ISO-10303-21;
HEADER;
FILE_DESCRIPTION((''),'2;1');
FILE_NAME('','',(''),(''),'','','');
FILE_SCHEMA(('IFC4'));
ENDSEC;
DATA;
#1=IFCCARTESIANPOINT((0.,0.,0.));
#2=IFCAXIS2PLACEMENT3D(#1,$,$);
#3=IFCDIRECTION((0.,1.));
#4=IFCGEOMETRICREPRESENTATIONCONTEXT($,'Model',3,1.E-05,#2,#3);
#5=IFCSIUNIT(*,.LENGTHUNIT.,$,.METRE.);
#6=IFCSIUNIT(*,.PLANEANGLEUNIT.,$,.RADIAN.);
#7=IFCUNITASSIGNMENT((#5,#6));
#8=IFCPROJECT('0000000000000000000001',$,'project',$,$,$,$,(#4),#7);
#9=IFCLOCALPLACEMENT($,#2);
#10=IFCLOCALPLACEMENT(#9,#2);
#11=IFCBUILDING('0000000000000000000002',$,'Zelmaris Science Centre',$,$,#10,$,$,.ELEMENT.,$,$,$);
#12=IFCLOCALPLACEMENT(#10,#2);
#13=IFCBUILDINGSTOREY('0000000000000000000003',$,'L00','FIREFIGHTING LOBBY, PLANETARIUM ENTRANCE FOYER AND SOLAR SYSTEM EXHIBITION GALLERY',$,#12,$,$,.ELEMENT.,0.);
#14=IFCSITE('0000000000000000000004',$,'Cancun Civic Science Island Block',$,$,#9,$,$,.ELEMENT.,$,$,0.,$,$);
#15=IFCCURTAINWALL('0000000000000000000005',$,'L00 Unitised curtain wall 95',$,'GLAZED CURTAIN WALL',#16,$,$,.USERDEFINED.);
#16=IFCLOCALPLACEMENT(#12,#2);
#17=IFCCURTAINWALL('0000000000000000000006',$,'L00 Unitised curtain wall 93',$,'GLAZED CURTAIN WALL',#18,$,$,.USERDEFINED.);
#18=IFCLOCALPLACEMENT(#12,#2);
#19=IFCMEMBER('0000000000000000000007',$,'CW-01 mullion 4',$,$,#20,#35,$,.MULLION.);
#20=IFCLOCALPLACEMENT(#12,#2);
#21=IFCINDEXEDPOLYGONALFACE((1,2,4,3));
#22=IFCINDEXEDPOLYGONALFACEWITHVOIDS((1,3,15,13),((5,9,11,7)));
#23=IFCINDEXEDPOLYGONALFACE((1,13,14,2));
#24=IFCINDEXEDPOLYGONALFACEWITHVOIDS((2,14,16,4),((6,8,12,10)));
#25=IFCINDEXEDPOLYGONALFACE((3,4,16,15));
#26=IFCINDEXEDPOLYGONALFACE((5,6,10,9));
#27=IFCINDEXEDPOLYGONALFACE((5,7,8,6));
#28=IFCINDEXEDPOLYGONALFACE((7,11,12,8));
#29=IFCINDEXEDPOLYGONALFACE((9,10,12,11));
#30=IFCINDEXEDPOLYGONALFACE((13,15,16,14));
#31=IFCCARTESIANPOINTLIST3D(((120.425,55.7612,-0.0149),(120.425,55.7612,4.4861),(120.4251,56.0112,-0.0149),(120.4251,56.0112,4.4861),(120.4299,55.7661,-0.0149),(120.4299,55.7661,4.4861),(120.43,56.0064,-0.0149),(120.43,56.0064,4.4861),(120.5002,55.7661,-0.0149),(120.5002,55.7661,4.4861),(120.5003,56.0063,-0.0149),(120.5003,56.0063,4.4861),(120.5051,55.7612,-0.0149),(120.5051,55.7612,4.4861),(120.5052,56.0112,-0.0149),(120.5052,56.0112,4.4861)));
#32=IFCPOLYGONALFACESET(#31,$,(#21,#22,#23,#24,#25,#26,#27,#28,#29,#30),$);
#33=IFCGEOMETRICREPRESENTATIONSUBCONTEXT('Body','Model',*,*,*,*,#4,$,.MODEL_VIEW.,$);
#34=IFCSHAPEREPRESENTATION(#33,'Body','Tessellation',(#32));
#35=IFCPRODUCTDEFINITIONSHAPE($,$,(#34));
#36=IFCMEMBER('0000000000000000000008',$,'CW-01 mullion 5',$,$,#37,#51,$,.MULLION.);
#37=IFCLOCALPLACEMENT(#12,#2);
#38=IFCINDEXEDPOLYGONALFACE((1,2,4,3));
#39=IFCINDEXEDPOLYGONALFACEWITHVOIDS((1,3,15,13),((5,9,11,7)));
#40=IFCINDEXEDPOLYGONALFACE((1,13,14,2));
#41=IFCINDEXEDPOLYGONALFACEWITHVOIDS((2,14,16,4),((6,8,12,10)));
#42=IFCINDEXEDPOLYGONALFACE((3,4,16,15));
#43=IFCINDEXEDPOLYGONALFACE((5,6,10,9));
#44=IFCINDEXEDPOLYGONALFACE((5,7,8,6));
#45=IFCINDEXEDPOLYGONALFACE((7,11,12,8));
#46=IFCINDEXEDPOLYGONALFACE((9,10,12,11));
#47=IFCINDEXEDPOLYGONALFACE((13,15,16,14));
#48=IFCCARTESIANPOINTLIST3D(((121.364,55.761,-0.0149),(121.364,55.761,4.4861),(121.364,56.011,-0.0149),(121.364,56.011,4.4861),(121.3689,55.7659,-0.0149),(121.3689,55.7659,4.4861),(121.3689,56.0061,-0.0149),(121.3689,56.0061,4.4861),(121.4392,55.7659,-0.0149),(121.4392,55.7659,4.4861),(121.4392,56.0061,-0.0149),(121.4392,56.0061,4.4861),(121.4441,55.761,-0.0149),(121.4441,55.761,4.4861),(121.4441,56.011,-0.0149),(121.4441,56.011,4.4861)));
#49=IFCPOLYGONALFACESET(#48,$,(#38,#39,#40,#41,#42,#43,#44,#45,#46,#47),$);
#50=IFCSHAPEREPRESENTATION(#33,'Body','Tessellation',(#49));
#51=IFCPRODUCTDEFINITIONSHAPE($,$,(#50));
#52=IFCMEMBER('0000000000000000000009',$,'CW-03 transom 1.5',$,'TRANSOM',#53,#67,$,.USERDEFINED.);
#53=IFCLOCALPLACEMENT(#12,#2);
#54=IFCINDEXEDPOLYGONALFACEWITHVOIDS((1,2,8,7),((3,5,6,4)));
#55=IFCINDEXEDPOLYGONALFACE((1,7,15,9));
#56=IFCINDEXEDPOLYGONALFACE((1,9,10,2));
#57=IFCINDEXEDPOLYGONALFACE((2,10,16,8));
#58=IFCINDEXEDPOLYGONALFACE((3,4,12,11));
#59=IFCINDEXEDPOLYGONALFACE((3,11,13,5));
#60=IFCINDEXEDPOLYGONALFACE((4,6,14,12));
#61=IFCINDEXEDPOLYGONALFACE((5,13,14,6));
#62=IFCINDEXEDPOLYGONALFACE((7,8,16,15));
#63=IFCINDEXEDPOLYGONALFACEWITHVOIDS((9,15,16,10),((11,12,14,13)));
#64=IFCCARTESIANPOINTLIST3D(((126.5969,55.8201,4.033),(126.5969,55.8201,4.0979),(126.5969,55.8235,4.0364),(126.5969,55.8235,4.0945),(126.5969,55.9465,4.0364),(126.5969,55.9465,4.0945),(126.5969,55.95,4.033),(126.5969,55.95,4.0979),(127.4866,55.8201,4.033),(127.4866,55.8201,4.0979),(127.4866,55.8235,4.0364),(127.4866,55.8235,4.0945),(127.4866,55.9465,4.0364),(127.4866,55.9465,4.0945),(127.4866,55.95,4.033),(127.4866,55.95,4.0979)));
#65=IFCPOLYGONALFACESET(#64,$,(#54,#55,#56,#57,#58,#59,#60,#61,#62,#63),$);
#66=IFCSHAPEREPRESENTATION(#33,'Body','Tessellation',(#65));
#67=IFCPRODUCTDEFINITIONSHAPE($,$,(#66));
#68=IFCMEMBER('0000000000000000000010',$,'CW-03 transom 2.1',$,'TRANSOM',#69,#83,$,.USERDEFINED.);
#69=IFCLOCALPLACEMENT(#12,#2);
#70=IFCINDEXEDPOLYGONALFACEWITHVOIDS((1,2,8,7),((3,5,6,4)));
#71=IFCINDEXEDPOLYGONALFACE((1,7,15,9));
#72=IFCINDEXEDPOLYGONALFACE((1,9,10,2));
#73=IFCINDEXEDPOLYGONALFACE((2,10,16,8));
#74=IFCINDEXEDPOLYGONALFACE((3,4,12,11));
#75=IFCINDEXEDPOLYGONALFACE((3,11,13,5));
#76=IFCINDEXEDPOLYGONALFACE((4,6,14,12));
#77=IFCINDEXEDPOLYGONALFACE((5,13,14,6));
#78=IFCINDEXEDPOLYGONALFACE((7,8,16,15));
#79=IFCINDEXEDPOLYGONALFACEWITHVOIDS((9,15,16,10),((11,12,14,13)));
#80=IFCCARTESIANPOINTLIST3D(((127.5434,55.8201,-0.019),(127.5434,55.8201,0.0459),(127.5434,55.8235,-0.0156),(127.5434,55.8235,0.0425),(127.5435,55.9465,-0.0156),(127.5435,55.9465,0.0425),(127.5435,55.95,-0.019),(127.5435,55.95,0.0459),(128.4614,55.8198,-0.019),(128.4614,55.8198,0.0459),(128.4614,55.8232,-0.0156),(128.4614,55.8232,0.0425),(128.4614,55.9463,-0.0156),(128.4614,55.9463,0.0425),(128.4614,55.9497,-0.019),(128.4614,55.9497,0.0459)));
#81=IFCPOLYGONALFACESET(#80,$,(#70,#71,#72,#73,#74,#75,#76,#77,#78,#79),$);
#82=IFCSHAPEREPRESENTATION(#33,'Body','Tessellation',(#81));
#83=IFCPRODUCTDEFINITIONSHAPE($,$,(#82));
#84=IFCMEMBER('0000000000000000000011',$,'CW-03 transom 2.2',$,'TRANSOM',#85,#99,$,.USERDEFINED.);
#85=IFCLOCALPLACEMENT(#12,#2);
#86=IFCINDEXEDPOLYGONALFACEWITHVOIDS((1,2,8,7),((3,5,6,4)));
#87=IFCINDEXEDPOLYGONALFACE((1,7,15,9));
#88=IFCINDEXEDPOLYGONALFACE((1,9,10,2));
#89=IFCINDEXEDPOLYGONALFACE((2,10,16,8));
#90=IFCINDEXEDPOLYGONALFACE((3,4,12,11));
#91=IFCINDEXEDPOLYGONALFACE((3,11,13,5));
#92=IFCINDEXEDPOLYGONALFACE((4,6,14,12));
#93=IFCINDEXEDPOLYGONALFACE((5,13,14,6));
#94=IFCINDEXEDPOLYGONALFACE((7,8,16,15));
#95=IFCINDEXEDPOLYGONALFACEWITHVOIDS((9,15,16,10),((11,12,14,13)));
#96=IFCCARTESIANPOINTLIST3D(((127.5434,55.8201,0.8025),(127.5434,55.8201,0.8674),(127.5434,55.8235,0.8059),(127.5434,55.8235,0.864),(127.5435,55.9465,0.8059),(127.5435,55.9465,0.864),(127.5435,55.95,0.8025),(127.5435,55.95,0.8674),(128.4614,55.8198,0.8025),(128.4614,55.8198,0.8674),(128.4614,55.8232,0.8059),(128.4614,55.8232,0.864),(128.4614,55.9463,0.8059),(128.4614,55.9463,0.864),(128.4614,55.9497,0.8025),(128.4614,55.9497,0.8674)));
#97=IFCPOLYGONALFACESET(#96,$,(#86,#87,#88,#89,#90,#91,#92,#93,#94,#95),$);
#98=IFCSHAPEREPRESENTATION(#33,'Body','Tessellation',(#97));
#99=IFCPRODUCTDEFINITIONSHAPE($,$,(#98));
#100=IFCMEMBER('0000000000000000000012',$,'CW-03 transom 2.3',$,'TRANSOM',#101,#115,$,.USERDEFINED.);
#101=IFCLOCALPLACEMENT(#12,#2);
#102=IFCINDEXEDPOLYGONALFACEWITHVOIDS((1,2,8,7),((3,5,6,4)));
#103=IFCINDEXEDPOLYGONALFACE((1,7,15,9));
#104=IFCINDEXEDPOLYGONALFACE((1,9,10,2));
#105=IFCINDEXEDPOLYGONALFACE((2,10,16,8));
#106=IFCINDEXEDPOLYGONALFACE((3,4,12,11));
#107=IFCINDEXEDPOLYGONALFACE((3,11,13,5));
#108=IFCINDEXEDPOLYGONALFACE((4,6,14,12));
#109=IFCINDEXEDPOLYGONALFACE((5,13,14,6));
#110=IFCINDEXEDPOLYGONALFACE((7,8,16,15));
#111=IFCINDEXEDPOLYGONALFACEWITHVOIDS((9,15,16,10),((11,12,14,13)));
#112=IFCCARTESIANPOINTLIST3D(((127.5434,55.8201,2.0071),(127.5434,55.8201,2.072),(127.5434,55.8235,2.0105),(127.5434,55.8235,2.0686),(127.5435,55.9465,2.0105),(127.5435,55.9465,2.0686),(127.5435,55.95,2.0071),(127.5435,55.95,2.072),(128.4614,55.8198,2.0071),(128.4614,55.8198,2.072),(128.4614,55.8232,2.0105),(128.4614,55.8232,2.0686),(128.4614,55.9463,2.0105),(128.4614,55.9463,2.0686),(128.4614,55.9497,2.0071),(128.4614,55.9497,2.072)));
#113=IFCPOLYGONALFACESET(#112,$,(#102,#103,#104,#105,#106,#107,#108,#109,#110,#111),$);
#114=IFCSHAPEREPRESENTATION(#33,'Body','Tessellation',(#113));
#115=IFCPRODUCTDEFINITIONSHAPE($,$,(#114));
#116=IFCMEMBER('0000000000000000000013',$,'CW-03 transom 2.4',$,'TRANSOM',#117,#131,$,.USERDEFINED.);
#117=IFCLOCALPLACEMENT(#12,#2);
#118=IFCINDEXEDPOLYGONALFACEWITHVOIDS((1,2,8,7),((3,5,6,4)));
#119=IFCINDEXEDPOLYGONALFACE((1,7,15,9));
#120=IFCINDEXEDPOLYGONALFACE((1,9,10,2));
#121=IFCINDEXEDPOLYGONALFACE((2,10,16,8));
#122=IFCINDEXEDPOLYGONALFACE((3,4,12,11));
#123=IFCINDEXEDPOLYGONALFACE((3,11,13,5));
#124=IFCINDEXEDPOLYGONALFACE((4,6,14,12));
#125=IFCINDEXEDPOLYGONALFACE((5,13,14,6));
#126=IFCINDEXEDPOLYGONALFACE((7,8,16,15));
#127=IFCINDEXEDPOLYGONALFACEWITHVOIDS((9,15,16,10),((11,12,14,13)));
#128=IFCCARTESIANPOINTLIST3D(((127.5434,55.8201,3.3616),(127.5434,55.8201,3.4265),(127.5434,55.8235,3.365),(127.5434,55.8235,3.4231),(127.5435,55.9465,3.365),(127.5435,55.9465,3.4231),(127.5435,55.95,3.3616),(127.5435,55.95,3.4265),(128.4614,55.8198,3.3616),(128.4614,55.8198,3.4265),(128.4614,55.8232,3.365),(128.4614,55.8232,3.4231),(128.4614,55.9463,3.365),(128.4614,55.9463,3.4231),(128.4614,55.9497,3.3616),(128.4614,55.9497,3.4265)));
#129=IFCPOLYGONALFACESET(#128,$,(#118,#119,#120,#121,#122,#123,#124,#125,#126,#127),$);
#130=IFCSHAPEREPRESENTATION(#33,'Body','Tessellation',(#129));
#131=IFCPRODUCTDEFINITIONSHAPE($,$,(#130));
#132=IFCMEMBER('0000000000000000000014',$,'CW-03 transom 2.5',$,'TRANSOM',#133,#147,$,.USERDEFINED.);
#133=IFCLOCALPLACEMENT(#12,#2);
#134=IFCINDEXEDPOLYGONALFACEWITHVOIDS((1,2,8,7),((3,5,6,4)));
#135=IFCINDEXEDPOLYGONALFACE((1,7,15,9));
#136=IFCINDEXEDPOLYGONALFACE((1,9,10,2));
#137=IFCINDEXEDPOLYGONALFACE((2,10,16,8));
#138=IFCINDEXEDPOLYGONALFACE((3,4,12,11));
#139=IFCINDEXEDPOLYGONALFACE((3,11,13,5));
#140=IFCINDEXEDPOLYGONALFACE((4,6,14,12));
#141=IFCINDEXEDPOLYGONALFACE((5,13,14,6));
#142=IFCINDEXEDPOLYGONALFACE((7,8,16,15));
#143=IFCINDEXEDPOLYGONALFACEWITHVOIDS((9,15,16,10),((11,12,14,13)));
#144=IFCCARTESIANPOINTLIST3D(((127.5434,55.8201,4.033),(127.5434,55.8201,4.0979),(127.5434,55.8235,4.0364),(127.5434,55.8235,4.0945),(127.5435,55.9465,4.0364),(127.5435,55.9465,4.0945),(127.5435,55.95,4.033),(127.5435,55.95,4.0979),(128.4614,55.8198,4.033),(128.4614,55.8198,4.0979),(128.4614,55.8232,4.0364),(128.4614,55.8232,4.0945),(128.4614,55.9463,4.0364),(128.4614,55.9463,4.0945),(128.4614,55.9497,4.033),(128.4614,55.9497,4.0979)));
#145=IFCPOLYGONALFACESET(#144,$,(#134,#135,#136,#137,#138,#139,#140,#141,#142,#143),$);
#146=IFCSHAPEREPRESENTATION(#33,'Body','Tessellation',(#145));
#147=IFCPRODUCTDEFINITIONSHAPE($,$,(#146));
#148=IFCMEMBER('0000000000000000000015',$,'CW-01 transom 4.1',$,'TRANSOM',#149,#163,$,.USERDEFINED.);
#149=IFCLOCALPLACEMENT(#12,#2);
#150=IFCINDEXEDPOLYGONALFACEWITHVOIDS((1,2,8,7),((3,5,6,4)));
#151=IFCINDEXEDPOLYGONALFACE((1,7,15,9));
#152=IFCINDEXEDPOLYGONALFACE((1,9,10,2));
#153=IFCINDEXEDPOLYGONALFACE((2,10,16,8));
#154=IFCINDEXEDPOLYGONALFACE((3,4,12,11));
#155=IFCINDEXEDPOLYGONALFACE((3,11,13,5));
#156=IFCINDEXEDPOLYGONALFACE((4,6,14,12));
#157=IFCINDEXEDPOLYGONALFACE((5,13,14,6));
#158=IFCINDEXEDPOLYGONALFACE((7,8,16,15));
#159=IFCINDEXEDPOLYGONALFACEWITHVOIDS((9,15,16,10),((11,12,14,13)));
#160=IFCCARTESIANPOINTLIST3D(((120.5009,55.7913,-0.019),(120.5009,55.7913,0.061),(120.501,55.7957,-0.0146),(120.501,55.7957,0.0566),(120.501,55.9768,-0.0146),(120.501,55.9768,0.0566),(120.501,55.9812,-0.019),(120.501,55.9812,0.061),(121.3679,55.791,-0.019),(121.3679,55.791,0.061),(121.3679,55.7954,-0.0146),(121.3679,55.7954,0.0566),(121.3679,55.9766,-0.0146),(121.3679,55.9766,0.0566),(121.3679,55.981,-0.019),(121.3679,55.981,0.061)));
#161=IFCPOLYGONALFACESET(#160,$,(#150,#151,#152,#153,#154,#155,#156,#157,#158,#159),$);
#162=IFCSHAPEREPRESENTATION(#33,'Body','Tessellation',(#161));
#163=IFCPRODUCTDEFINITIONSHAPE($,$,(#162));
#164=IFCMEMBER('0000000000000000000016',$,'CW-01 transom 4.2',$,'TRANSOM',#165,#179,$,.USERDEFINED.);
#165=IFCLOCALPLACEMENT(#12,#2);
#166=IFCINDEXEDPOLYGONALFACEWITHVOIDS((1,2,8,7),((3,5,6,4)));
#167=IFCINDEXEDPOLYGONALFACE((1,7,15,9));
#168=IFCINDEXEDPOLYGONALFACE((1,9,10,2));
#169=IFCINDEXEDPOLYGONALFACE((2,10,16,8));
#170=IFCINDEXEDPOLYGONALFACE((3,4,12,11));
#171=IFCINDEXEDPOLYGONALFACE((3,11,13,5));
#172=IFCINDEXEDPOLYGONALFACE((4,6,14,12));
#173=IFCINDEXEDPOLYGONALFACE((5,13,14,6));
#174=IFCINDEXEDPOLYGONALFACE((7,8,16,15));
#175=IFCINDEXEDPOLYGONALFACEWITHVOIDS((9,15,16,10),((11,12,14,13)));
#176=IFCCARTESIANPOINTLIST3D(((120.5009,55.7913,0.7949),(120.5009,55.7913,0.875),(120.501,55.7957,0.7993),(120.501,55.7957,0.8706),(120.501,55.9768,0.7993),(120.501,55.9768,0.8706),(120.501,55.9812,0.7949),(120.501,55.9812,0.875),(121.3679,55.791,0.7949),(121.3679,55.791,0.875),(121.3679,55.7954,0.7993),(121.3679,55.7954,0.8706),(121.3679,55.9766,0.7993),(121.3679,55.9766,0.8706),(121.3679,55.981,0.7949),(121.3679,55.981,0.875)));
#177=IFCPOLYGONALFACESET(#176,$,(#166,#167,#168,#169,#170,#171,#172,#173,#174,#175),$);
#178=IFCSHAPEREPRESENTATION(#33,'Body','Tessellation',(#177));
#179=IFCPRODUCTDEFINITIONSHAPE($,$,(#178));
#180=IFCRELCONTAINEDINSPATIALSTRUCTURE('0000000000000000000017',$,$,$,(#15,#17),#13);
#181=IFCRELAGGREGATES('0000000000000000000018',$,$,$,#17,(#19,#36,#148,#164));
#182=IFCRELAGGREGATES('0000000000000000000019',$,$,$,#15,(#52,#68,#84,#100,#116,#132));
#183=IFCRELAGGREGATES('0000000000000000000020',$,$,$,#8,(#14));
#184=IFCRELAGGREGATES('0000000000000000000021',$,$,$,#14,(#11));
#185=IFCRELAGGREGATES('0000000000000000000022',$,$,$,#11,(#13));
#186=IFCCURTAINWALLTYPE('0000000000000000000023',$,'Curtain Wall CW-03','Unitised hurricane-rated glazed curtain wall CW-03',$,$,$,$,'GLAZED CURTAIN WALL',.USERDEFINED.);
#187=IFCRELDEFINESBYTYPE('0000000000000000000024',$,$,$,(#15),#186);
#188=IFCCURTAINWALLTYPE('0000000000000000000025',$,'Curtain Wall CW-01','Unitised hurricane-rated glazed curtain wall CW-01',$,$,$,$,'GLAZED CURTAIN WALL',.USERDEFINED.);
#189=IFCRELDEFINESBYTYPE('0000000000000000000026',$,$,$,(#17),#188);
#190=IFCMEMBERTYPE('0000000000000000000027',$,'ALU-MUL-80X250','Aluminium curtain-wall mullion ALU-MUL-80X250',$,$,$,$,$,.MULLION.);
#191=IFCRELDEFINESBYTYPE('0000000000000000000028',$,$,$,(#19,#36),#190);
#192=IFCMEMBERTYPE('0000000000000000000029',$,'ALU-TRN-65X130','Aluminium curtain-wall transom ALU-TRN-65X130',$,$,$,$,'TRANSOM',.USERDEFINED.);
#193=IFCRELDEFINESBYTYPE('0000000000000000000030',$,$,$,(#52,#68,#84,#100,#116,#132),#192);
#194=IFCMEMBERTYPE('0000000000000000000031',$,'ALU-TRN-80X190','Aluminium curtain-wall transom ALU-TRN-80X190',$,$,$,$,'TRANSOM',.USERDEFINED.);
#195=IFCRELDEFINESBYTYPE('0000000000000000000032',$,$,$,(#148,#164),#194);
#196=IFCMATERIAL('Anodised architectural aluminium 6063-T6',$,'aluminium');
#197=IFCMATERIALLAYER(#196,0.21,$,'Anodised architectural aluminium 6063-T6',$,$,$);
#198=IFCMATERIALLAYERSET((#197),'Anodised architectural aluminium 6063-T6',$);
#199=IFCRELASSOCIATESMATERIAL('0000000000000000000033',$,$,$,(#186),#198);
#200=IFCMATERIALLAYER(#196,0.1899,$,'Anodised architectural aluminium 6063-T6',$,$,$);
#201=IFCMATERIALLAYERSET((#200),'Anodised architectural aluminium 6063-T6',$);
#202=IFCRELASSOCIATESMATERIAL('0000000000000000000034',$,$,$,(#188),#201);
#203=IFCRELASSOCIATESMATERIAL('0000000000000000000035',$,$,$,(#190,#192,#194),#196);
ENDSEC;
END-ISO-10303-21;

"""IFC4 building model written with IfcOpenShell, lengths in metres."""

from ifc_helpers import new_model, si_unit, direction, frame, origin, origin_2d, place, context, subcontext, project, spatial, hollow_rectangle, extrude, material, layer, layer_set, material_profile, profile_set, type_object, element, aggregate, save


model = new_model("IFC4")

# Units and contexts
model_context = context("Model", 3, precision=1e-05, world=origin(), true_north=direction((0.0, 1.0)))
body_context = subcontext(model_context, "Body", "Model", "MODEL_VIEW")
ifc_project = project(units=[si_unit("LENGTHUNIT", "METRE"), si_unit("PLANEANGLEUNIT", "RADIAN")], contexts=[model_context])

# Site, building, storey
site_placement = place(None, origin())
site = spatial("IfcSite", under=ifc_project, at=site_placement, Name="Cancun Civic Science Island Block", CompositionType="ELEMENT", RefElevation=0.0)
building_placement = place(site_placement, origin())
building = spatial("IfcBuilding", under=site, at=building_placement, Name="Zelmaris Science Centre", CompositionType="ELEMENT")
storey_placement = place(building_placement, origin())
storey = spatial("IfcBuildingStorey", under=building, at=storey_placement, Name="L00", Description="FIREFIGHTING LOBBY, PLANETARIUM ENTRANCE FOYER AND SOLAR SYSTEM EXHIBITION GALLERY", CompositionType="ELEMENT", Elevation=0.0)

# Curtain wall
ifc_material_1 = material(Name="Anodised architectural aluminium 6063-T6", Category="aluminium")
ifc_layer_1 = layer(ifc_material_1, 0.21, Name="Anodised architectural aluminium 6063-T6")
ifc_layer_set_1 = layer_set([ifc_layer_1], Name="Anodised architectural aluminium 6063-T6")
curtain_wall_type_1 = type_object("IfcCurtainWallType", Name="Curtain Wall CW-03", Description="Unitised hurricane-rated glazed curtain wall CW-03", ElementType="GLAZED CURTAIN WALL", PredefinedType="USERDEFINED", material=ifc_layer_set_1)
curtain_wall_1_placement = place(storey_placement, origin())
curtain_wall_1 = element("IfcCurtainWall", 1, at=curtain_wall_1_placement, inside=storey, type_object=curtain_wall_type_1, Name="L00 Unitised curtain wall 95", ObjectType="GLAZED CURTAIN WALL", PredefinedType="USERDEFINED")

# Curtain wall, members
ifc_layer_2 = layer(ifc_material_1, 0.1899, Name="Anodised architectural aluminium 6063-T6")
ifc_layer_set_2 = layer_set([ifc_layer_2], Name="Anodised architectural aluminium 6063-T6")
curtain_wall_type_2 = type_object("IfcCurtainWallType", Name="Curtain Wall CW-01", Description="Unitised hurricane-rated glazed curtain wall CW-01", ElementType="GLAZED CURTAIN WALL", PredefinedType="USERDEFINED", material=ifc_layer_set_2)
curtain_wall_2_placement = place(storey_placement, origin())
curtain_wall_2 = element("IfcCurtainWall", 2, at=curtain_wall_2_placement, inside=storey, type_object=curtain_wall_type_2, Name="L00 Unitised curtain wall 93", ObjectType="GLAZED CURTAIN WALL", PredefinedType="USERDEFINED")
ifc_material_profile_1 = material_profile(ifc_material_1, hollow_rectangle(XDim=0.0801, YDim=0.25, WallThickness=0.0049, at=origin_2d()), Name="ALU-MUL-80X250")
ifc_profile_set_1 = profile_set([ifc_material_profile_1], Name="Anodised architectural aluminium 6063-T6")
member_type_1 = type_object("IfcMemberType", Name="ALU-MUL-80X250", Description="Aluminium curtain-wall mullion ALU-MUL-80X250", PredefinedType="MULLION", material=ifc_profile_set_1)
member_1_placement = place(storey_placement, frame((120.4651, 55.8862, -0.0149), z_axis=(0.0, 0.0, 1.0), x_axis=(1.0, -0.000194, 0.0)))
member_1 = element("IfcMember", 3, at=member_1_placement, type_object=member_type_1, Name="CW-01 mullion 4", PredefinedType="MULLION", context=body_context, shape_type="SweptSolid", body=[
    extrude(hollow_rectangle(XDim=0.0801, YDim=0.25, WallThickness=0.0049, at=origin_2d()), origin(), (0.0, 0.0, 1.0), 4.501),
])
member_2_placement = place(storey_placement, frame((121.4041, 55.886, -0.0149), z_axis=(0.0, 0.0, 1.0), x_axis=(1.0, -0.000194, 0.0)))
member_2 = element("IfcMember", 4, at=member_2_placement, type_object=member_type_1, Name="CW-01 mullion 5", PredefinedType="MULLION", context=body_context, shape_type="SweptSolid", body=[
    extrude(hollow_rectangle(XDim=0.0801, YDim=0.25, WallThickness=0.0049, at=origin_2d()), origin(), (0.0, 0.0, 1.0), 4.501),
])

# Members
ifc_material_profile_2 = material_profile(ifc_material_1, hollow_rectangle(XDim=0.0649, YDim=0.1299, WallThickness=0.0034, at=origin_2d()), Name="ALU-TRN-65X130")
ifc_profile_set_2 = profile_set([ifc_material_profile_2], Name="Anodised architectural aluminium 6063-T6")
member_type_2 = type_object("IfcMemberType", Name="ALU-TRN-65X130", Description="Aluminium curtain-wall transom ALU-TRN-65X130", ElementType="TRANSOM", PredefinedType="USERDEFINED", material=ifc_profile_set_2)
member_3_placement = place(storey_placement, frame((126.5969, 55.885, 4.0654), z_axis=(1.0, 0.0, 0.0), x_axis=(0.0, 0.0, 1.0)))
member_3 = element("IfcMember", 5, at=member_3_placement, type_object=member_type_2, Name="CW-03 transom 1.5", ObjectType="TRANSOM", PredefinedType="USERDEFINED", context=body_context, shape_type="SweptSolid", body=[
    extrude(hollow_rectangle(XDim=0.0649, YDim=0.1299, WallThickness=0.0034, at=origin_2d()), origin(), (0.0, 0.0, 1.0), 0.8896),
])
member_4_placement = place(storey_placement, frame((127.5435, 55.885, 0.0134), z_axis=(1.0, -0.000266, 0.0), x_axis=(0.0, 0.0, 1.0)))
member_4 = element("IfcMember", 6, at=member_4_placement, type_object=member_type_2, Name="CW-03 transom 2.1", ObjectType="TRANSOM", PredefinedType="USERDEFINED", context=body_context, shape_type="SweptSolid", body=[
    extrude(hollow_rectangle(XDim=0.0649, YDim=0.1299, WallThickness=0.0034, at=origin_2d()), origin(), (0.0, 0.0, 1.0), 0.918),
])
member_5_placement = place(storey_placement, frame((127.5435, 55.885, 0.835), z_axis=(1.0, -0.000266, 0.0), x_axis=(0.0, 0.0, 1.0)))
member_5 = element("IfcMember", 7, at=member_5_placement, type_object=member_type_2, Name="CW-03 transom 2.2", ObjectType="TRANSOM", PredefinedType="USERDEFINED", context=body_context, shape_type="SweptSolid", body=[
    extrude(hollow_rectangle(XDim=0.0649, YDim=0.1299, WallThickness=0.0034, at=origin_2d()), origin(), (0.0, 0.0, 1.0), 0.918),
])
member_6_placement = place(storey_placement, frame((127.5435, 55.885, 2.0396), z_axis=(1.0, -0.000266, 0.0), x_axis=(0.0, 0.0, 1.0)))
member_6 = element("IfcMember", 8, at=member_6_placement, type_object=member_type_2, Name="CW-03 transom 2.3", ObjectType="TRANSOM", PredefinedType="USERDEFINED", context=body_context, shape_type="SweptSolid", body=[
    extrude(hollow_rectangle(XDim=0.0649, YDim=0.1299, WallThickness=0.0034, at=origin_2d()), origin(), (0.0, 0.0, 1.0), 0.918),
])
member_7_placement = place(storey_placement, frame((127.5435, 55.885, 3.394), z_axis=(1.0, -0.000266, 0.0), x_axis=(0.0, 0.0, 1.0)))
member_7 = element("IfcMember", 9, at=member_7_placement, type_object=member_type_2, Name="CW-03 transom 2.4", ObjectType="TRANSOM", PredefinedType="USERDEFINED", context=body_context, shape_type="SweptSolid", body=[
    extrude(hollow_rectangle(XDim=0.0649, YDim=0.1299, WallThickness=0.0034, at=origin_2d()), origin(), (0.0, 0.0, 1.0), 0.918),
])
member_8_placement = place(storey_placement, frame((127.5435, 55.885, 4.0654), z_axis=(1.0, -0.000266, 0.0), x_axis=(0.0, 0.0, 1.0)))
member_8 = element("IfcMember", 10, at=member_8_placement, type_object=member_type_2, Name="CW-03 transom 2.5", ObjectType="TRANSOM", PredefinedType="USERDEFINED", context=body_context, shape_type="SweptSolid", body=[
    extrude(hollow_rectangle(XDim=0.0649, YDim=0.1299, WallThickness=0.0034, at=origin_2d()), origin(), (0.0, 0.0, 1.0), 0.918),
])
ifc_material_profile_3 = material_profile(ifc_material_1, hollow_rectangle(XDim=0.0801, YDim=0.1899, WallThickness=0.0044, at=origin_2d()), Name="ALU-TRN-80X190")
ifc_profile_set_3 = profile_set([ifc_material_profile_3], Name="Anodised architectural aluminium 6063-T6")
member_type_3 = type_object("IfcMemberType", Name="ALU-TRN-80X190", Description="Aluminium curtain-wall transom ALU-TRN-80X190", ElementType="TRANSOM", PredefinedType="USERDEFINED", material=ifc_profile_set_3)
member_9_placement = place(storey_placement, frame((120.501, 55.8862, 0.021), z_axis=(1.0, -0.000282, 0.0), x_axis=(0.0, 0.0, 1.0)))
member_9 = element("IfcMember", 11, at=member_9_placement, type_object=member_type_3, Name="CW-01 transom 4.1", ObjectType="TRANSOM", PredefinedType="USERDEFINED", context=body_context, shape_type="SweptSolid", body=[
    extrude(hollow_rectangle(XDim=0.0801, YDim=0.1899, WallThickness=0.0044, at=origin_2d()), origin(), (0.0, 0.0, 1.0), 0.8669),
])
member_10_placement = place(storey_placement, frame((120.501, 55.8862, 0.835), z_axis=(1.0, -0.000282, 0.0), x_axis=(0.0, 0.0, 1.0)))
member_10 = element("IfcMember", 12, at=member_10_placement, type_object=member_type_3, Name="CW-01 transom 4.2", ObjectType="TRANSOM", PredefinedType="USERDEFINED", context=body_context, shape_type="SweptSolid", body=[
    extrude(hollow_rectangle(XDim=0.0801, YDim=0.1899, WallThickness=0.0044, at=origin_2d()), origin(), (0.0, 0.0, 1.0), 0.8669),
])

aggregate(curtain_wall_2, [member_1, member_2, member_9, member_10])
aggregate(curtain_wall_1, [member_3, member_4, member_5, member_6, member_7, member_8])

save(model, "model.ifc")
